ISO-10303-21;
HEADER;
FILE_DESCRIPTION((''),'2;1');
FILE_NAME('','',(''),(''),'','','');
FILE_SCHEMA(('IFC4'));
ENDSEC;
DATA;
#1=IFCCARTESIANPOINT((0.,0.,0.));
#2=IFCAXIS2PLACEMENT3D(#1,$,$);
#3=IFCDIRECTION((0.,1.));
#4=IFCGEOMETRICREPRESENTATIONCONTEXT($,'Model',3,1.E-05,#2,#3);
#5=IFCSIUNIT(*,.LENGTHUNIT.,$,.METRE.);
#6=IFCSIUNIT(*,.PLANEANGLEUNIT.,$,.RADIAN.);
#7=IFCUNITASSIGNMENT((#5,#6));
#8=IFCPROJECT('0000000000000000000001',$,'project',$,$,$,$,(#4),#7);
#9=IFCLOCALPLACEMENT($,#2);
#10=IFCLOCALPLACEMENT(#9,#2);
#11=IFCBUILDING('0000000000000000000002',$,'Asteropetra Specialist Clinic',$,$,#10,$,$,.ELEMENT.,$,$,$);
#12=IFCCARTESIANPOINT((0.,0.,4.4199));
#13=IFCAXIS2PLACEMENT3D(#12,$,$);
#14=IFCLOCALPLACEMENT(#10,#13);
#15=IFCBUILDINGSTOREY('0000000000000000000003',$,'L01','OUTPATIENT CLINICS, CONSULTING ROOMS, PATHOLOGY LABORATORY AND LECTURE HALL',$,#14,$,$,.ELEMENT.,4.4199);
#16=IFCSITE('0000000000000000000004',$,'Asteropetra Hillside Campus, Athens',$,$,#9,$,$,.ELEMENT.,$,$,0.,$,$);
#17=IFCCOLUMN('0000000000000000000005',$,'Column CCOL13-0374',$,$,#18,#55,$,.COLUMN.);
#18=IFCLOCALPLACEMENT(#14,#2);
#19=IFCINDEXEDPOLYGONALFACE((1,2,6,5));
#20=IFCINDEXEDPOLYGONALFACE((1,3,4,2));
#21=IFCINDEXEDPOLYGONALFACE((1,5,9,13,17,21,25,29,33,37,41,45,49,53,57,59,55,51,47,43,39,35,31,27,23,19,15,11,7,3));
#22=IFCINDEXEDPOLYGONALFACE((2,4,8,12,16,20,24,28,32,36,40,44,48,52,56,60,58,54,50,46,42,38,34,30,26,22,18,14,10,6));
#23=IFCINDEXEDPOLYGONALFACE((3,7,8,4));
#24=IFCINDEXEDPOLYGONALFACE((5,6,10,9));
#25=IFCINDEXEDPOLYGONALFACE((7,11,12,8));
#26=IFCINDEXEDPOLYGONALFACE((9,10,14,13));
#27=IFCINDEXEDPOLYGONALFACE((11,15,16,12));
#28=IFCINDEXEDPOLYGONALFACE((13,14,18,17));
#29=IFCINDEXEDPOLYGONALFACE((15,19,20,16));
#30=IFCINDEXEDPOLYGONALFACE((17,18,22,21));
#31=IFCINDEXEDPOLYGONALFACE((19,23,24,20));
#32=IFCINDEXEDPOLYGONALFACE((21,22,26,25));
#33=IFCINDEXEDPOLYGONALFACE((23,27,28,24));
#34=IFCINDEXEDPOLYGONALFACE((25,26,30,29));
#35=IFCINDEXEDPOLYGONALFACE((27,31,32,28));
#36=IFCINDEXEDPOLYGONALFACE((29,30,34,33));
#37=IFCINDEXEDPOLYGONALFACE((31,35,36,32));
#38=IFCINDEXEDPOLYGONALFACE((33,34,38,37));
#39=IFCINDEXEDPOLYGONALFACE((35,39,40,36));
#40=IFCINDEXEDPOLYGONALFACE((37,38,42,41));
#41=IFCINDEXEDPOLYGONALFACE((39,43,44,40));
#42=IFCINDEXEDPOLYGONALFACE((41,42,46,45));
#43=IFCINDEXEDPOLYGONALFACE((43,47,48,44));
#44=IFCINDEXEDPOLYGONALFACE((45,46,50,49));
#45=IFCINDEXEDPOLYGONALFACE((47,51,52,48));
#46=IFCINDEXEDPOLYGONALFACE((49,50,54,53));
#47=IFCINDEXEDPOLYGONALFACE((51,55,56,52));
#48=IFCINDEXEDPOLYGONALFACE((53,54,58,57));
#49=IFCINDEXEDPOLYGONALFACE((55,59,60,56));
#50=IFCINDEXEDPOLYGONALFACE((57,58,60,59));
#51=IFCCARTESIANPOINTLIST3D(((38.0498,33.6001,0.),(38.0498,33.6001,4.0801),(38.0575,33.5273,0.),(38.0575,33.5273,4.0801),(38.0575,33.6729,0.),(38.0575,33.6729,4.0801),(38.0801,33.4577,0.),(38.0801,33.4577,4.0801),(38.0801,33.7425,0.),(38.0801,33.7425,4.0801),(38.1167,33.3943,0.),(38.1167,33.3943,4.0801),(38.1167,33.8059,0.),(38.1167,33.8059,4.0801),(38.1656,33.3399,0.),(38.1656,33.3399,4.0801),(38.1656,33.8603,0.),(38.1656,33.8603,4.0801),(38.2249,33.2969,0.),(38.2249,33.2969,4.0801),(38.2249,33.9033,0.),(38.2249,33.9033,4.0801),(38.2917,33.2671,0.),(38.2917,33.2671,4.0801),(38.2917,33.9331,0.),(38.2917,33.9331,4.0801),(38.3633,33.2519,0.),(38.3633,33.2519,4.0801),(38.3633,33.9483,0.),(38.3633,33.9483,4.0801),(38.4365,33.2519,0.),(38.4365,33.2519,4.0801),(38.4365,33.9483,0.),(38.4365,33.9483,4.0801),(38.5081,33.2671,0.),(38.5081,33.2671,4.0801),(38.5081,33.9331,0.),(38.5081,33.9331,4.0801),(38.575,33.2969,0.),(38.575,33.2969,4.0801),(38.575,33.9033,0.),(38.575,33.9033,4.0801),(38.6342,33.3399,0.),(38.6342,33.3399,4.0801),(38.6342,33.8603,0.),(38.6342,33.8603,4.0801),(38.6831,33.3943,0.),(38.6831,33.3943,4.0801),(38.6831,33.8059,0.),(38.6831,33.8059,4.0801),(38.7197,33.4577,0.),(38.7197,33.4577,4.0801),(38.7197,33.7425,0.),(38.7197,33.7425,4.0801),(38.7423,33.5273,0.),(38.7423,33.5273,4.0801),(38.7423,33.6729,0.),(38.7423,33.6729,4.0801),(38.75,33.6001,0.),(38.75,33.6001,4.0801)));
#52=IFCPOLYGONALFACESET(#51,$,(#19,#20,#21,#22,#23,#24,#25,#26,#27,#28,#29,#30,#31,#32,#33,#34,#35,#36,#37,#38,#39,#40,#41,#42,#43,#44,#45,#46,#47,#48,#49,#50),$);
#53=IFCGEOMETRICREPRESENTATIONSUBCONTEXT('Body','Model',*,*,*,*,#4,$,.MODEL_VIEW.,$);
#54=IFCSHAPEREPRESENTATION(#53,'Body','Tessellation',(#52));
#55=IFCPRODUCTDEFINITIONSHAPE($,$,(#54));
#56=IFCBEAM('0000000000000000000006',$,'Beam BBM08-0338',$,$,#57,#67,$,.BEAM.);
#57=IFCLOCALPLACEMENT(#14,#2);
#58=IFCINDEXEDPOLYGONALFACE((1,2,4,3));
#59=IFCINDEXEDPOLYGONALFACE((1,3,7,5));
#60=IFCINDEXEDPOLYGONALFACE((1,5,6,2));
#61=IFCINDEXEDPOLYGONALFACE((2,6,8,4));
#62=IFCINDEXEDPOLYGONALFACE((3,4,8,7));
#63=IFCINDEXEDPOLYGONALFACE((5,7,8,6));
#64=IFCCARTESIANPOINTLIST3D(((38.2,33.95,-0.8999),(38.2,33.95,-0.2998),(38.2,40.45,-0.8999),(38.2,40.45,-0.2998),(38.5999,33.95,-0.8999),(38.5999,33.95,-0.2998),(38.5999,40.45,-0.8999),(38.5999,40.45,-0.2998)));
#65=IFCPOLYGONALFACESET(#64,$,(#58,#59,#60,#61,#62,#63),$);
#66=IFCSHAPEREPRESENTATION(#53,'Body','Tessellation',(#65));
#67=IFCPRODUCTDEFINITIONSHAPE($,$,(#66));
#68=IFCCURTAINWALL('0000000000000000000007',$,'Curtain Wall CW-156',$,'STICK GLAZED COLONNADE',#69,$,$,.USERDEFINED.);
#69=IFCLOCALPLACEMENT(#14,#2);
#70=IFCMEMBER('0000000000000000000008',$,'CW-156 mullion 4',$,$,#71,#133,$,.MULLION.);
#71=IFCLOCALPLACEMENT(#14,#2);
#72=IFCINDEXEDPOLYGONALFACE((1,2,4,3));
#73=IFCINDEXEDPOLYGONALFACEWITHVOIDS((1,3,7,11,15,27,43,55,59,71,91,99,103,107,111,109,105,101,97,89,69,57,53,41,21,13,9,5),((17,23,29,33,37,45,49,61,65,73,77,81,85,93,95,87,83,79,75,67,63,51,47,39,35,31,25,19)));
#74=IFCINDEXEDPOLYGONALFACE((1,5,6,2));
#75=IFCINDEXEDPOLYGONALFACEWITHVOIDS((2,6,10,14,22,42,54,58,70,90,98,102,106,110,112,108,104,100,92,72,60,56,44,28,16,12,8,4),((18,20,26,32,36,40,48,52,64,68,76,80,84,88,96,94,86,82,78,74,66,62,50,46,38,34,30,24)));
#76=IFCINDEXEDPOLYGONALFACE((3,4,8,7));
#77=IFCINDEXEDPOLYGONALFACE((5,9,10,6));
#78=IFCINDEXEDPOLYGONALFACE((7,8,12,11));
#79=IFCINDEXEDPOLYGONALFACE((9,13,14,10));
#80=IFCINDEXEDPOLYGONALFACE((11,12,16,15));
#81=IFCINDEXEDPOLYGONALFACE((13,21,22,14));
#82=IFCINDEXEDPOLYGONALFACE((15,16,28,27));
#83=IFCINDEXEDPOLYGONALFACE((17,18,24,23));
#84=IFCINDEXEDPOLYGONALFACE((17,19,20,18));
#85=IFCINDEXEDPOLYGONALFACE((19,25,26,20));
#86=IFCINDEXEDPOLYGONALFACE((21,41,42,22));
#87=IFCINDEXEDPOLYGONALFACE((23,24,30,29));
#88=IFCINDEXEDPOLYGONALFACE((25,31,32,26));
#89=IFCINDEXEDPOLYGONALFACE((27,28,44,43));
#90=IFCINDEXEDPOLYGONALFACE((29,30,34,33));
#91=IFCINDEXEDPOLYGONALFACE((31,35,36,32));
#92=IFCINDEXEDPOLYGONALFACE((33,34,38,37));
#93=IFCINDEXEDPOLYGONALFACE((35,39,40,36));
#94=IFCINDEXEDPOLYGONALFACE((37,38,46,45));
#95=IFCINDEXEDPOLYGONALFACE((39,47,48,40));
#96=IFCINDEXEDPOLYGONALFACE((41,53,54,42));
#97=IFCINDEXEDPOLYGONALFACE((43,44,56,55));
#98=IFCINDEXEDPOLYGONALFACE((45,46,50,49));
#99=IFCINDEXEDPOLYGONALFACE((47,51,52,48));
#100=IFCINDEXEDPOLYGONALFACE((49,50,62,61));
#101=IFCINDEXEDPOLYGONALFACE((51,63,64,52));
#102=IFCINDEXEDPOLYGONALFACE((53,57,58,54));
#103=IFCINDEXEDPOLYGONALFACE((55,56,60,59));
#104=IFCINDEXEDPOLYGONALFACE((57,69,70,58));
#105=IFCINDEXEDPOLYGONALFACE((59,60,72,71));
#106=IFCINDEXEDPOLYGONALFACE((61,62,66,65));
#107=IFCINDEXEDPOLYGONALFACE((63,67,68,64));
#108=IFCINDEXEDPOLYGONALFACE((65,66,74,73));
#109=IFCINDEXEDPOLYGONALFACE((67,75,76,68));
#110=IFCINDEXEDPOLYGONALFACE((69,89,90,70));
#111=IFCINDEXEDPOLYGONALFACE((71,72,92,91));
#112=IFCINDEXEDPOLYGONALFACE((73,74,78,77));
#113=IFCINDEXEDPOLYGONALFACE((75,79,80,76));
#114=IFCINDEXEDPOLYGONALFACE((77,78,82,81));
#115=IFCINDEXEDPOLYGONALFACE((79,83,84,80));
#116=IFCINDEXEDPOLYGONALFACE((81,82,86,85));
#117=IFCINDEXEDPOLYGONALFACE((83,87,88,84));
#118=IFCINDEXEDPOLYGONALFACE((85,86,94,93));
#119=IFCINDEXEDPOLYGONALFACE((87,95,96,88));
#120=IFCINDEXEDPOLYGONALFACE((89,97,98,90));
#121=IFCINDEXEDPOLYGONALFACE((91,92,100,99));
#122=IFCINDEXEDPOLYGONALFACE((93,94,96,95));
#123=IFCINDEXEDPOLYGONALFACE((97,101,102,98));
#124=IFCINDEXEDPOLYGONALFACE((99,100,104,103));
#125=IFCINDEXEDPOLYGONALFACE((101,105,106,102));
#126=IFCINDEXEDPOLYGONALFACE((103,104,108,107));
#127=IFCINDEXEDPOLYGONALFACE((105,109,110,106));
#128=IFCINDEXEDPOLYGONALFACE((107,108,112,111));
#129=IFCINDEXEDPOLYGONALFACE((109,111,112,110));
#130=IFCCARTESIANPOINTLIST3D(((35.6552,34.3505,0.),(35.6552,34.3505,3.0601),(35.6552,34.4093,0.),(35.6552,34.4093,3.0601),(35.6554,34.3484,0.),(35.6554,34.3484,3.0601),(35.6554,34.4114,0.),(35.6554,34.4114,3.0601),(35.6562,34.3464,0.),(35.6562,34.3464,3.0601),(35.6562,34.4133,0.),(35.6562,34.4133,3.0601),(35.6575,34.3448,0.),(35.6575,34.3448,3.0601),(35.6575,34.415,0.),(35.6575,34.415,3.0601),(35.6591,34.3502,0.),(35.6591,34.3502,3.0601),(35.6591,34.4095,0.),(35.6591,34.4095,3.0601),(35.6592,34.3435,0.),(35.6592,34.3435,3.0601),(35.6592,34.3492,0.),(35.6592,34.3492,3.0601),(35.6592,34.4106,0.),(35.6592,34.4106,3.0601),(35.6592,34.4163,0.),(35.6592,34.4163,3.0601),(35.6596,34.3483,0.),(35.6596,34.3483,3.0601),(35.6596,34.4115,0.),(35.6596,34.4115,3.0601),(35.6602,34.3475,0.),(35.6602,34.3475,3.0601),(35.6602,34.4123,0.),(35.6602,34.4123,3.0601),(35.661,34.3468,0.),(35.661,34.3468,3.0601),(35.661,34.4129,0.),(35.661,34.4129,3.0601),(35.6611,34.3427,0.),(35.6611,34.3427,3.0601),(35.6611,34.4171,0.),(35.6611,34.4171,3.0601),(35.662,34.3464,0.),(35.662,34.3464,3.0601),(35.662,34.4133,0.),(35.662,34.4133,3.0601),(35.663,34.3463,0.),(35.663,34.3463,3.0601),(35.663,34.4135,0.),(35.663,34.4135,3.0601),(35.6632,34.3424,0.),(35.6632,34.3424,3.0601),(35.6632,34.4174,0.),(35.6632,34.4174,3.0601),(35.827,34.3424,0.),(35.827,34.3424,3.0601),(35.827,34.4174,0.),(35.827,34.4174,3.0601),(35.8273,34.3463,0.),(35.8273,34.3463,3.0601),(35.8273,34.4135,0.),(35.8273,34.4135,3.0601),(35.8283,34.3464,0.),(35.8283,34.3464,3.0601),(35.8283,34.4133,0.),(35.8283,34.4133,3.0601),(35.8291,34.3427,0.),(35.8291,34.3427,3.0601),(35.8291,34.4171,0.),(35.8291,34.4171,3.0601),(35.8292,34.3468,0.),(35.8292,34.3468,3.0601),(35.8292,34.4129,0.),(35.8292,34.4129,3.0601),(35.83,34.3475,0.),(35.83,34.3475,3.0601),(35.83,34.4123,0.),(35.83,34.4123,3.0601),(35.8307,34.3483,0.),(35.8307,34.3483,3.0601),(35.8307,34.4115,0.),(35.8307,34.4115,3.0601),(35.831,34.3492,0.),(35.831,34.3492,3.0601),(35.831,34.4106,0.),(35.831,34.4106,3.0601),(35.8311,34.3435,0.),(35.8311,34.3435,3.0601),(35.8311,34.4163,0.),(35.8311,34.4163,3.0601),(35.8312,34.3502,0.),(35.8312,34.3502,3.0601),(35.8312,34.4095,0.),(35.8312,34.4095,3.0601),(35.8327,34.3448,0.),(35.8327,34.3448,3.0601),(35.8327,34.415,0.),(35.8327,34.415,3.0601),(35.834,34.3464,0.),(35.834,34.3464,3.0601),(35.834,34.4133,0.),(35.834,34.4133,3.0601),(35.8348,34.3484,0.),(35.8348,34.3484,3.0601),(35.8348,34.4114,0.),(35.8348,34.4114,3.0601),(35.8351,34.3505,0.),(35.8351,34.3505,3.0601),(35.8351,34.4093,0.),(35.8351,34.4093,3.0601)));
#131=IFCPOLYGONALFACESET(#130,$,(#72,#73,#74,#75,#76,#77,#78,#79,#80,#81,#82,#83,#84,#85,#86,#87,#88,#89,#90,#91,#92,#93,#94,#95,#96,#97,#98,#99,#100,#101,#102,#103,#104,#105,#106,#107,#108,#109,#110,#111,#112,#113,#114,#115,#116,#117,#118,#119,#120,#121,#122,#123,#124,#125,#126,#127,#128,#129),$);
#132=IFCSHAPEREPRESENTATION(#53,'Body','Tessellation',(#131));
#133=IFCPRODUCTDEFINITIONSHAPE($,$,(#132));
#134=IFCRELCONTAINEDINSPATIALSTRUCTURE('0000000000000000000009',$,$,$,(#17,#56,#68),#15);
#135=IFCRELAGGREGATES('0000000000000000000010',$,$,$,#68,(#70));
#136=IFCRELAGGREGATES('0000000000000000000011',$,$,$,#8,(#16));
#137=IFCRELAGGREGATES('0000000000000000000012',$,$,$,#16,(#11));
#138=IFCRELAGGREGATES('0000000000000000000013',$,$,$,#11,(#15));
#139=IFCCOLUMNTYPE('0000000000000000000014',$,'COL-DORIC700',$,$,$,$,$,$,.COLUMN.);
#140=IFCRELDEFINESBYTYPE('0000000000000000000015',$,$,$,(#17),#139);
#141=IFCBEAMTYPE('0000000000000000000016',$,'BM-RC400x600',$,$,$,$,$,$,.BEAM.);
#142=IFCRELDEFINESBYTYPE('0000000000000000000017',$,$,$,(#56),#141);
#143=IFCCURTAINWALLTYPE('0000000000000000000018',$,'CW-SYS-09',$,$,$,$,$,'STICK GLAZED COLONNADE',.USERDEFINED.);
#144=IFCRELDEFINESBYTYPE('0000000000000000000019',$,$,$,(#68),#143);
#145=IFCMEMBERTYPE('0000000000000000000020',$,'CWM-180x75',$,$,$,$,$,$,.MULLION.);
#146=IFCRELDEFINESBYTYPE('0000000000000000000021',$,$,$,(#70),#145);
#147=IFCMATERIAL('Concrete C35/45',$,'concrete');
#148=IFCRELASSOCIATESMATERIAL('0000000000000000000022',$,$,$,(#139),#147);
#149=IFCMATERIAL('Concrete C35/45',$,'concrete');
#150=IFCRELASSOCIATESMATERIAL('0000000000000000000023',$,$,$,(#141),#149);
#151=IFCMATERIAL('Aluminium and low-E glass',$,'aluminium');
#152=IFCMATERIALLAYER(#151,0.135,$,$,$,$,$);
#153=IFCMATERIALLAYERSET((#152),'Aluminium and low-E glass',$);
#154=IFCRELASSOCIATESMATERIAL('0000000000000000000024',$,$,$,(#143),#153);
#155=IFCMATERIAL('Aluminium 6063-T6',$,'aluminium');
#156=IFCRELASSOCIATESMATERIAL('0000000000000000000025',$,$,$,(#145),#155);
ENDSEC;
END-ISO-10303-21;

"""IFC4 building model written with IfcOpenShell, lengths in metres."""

from ifc_helpers import new_model, si_unit, direction, frame, origin, origin_2d, place, context, subcontext, project, spatial, rectangle, hollow_rectangle, circle, extrude, material, layer, layer_set, material_profile, profile_set, type_object, element, aggregate, save


model = new_model("IFC4")

# Units and contexts
model_context = context("Model", 3, precision=1e-05, world=origin(), true_north=direction((0.0, 1.0)))
body_context = subcontext(model_context, "Body", "Model", "MODEL_VIEW")
ifc_project = project(units=[si_unit("LENGTHUNIT", "METRE"), si_unit("PLANEANGLEUNIT", "RADIAN")], contexts=[model_context])

# Site, building, storey
site_placement = place(None, origin())
site = spatial("IfcSite", under=ifc_project, at=site_placement, Name="Asteropetra Hillside Campus, Athens", CompositionType="ELEMENT", RefElevation=0.0)
building_placement = place(site_placement, origin())
building = spatial("IfcBuilding", under=site, at=building_placement, Name="Asteropetra Specialist Clinic", CompositionType="ELEMENT")
storey_placement = place(building_placement, frame((0.0, 0.0, 4.4199)))
storey = spatial("IfcBuildingStorey", under=building, at=storey_placement, Name="L01", Description="OUTPATIENT CLINICS, CONSULTING ROOMS, PATHOLOGY LABORATORY AND LECTURE HALL", CompositionType="ELEMENT", Elevation=4.4199)

# Column
ifc_material_1 = material(Name="Concrete C35/45", Category="concrete")
ifc_material_profile_1 = material_profile(ifc_material_1, circle(Radius=0.3501, at=origin_2d()), Name="RCC D700")
ifc_profile_set_1 = profile_set([ifc_material_profile_1], Name="Concrete C35/45")
column_type = type_object("IfcColumnType", Name="COL-DORIC700", PredefinedType="COLUMN", material=ifc_profile_set_1)
column_placement = place(storey_placement, frame((38.3999, 33.6001, 0.0), z_axis=(0.0, 0.0, 1.0), x_axis=(1.0, 0.0, 0.0)))
element("IfcColumn", 1, at=column_placement, inside=storey, type_object=column_type, Name="Column CCOL13-0374", PredefinedType="COLUMN", context=body_context, shape_type="SweptSolid", body=[
    extrude(circle(Radius=0.3501, at=origin_2d()), origin(), (0.0, 0.0, 1.0), 4.0801),
])

# Beam
ifc_material_2 = material(Name="Concrete C35/45", Category="concrete")
ifc_material_profile_2 = material_profile(ifc_material_2, rectangle(XDim=0.3999, YDim=0.6001, at=origin_2d()), Name="RCB 400x600")
ifc_profile_set_2 = profile_set([ifc_material_profile_2], Name="Concrete C35/45")
beam_type_1 = type_object("IfcBeamType", Name="BM-RC400x600", PredefinedType="BEAM", material=ifc_profile_set_2)
beam_1_placement = place(storey_placement, frame((38.3999, 33.95, -0.5999), z_axis=(0.0, 1.0, 0.0), x_axis=(-1.0, 0.0, 0.0)))
element("IfcBeam", 2, at=beam_1_placement, inside=storey, type_object=beam_type_1, Name="Beam BBM08-0338", PredefinedType="BEAM", context=body_context, shape_type="SweptSolid", body=[
    extrude(rectangle(XDim=0.3999, YDim=0.6001, at=origin_2d()), origin(), (0.0, 0.0, 1.0), 6.5),
])

# Curtain wall, member
ifc_material_3 = material(Name="Aluminium and low-E glass", Category="aluminium")
ifc_layer_1 = layer(ifc_material_3, 0.135)
ifc_layer_set_1 = layer_set([ifc_layer_1], Name="Aluminium and low-E glass")
curtain_wall_type = type_object("IfcCurtainWallType", Name="CW-SYS-09", ElementType="STICK GLAZED COLONNADE", PredefinedType="USERDEFINED", material=ifc_layer_set_1)
curtain_wall_placement = place(storey_placement, origin())
curtain_wall = element("IfcCurtainWall", 3, at=curtain_wall_placement, inside=storey, type_object=curtain_wall_type, Name="Curtain Wall CW-156", ObjectType="STICK GLAZED COLONNADE", PredefinedType="USERDEFINED")
ifc_material_4 = material(Name="Aluminium 6063-T6", Category="aluminium")
ifc_material_profile_3 = material_profile(ifc_material_4, hollow_rectangle(XDim=0.075, YDim=0.1799, WallThickness=0.0039, InnerFilletRadius=0.0039, OuterFilletRadius=0.0081, at=origin_2d()), Name="MUL 180x75x4.0")
ifc_profile_set_3 = profile_set([ifc_material_profile_3], Name="Aluminium 6063-T6")
member_type_1 = type_object("IfcMemberType", Name="CWM-180x75", PredefinedType="MULLION", material=ifc_profile_set_3)
member_1_placement = place(storey_placement, frame((35.7451, 34.3799, 0.0), z_axis=(0.0, 0.0, 1.0), x_axis=(0.0, 1.0, 0.0)))
member_1 = element("IfcMember", 4, at=member_1_placement, type_object=member_type_1, Name="CW-156 mullion 4", PredefinedType="MULLION", context=body_context, shape_type="SweptSolid", body=[
    extrude(hollow_rectangle(XDim=0.075, YDim=0.1799, WallThickness=0.0039, InnerFilletRadius=0.0039, OuterFilletRadius=0.0081, at=origin_2d()), origin(), (0.0, 0.0, 1.0), 3.0601),
])

aggregate(curtain_wall, [member_1])

save(model, "model.ifc")
